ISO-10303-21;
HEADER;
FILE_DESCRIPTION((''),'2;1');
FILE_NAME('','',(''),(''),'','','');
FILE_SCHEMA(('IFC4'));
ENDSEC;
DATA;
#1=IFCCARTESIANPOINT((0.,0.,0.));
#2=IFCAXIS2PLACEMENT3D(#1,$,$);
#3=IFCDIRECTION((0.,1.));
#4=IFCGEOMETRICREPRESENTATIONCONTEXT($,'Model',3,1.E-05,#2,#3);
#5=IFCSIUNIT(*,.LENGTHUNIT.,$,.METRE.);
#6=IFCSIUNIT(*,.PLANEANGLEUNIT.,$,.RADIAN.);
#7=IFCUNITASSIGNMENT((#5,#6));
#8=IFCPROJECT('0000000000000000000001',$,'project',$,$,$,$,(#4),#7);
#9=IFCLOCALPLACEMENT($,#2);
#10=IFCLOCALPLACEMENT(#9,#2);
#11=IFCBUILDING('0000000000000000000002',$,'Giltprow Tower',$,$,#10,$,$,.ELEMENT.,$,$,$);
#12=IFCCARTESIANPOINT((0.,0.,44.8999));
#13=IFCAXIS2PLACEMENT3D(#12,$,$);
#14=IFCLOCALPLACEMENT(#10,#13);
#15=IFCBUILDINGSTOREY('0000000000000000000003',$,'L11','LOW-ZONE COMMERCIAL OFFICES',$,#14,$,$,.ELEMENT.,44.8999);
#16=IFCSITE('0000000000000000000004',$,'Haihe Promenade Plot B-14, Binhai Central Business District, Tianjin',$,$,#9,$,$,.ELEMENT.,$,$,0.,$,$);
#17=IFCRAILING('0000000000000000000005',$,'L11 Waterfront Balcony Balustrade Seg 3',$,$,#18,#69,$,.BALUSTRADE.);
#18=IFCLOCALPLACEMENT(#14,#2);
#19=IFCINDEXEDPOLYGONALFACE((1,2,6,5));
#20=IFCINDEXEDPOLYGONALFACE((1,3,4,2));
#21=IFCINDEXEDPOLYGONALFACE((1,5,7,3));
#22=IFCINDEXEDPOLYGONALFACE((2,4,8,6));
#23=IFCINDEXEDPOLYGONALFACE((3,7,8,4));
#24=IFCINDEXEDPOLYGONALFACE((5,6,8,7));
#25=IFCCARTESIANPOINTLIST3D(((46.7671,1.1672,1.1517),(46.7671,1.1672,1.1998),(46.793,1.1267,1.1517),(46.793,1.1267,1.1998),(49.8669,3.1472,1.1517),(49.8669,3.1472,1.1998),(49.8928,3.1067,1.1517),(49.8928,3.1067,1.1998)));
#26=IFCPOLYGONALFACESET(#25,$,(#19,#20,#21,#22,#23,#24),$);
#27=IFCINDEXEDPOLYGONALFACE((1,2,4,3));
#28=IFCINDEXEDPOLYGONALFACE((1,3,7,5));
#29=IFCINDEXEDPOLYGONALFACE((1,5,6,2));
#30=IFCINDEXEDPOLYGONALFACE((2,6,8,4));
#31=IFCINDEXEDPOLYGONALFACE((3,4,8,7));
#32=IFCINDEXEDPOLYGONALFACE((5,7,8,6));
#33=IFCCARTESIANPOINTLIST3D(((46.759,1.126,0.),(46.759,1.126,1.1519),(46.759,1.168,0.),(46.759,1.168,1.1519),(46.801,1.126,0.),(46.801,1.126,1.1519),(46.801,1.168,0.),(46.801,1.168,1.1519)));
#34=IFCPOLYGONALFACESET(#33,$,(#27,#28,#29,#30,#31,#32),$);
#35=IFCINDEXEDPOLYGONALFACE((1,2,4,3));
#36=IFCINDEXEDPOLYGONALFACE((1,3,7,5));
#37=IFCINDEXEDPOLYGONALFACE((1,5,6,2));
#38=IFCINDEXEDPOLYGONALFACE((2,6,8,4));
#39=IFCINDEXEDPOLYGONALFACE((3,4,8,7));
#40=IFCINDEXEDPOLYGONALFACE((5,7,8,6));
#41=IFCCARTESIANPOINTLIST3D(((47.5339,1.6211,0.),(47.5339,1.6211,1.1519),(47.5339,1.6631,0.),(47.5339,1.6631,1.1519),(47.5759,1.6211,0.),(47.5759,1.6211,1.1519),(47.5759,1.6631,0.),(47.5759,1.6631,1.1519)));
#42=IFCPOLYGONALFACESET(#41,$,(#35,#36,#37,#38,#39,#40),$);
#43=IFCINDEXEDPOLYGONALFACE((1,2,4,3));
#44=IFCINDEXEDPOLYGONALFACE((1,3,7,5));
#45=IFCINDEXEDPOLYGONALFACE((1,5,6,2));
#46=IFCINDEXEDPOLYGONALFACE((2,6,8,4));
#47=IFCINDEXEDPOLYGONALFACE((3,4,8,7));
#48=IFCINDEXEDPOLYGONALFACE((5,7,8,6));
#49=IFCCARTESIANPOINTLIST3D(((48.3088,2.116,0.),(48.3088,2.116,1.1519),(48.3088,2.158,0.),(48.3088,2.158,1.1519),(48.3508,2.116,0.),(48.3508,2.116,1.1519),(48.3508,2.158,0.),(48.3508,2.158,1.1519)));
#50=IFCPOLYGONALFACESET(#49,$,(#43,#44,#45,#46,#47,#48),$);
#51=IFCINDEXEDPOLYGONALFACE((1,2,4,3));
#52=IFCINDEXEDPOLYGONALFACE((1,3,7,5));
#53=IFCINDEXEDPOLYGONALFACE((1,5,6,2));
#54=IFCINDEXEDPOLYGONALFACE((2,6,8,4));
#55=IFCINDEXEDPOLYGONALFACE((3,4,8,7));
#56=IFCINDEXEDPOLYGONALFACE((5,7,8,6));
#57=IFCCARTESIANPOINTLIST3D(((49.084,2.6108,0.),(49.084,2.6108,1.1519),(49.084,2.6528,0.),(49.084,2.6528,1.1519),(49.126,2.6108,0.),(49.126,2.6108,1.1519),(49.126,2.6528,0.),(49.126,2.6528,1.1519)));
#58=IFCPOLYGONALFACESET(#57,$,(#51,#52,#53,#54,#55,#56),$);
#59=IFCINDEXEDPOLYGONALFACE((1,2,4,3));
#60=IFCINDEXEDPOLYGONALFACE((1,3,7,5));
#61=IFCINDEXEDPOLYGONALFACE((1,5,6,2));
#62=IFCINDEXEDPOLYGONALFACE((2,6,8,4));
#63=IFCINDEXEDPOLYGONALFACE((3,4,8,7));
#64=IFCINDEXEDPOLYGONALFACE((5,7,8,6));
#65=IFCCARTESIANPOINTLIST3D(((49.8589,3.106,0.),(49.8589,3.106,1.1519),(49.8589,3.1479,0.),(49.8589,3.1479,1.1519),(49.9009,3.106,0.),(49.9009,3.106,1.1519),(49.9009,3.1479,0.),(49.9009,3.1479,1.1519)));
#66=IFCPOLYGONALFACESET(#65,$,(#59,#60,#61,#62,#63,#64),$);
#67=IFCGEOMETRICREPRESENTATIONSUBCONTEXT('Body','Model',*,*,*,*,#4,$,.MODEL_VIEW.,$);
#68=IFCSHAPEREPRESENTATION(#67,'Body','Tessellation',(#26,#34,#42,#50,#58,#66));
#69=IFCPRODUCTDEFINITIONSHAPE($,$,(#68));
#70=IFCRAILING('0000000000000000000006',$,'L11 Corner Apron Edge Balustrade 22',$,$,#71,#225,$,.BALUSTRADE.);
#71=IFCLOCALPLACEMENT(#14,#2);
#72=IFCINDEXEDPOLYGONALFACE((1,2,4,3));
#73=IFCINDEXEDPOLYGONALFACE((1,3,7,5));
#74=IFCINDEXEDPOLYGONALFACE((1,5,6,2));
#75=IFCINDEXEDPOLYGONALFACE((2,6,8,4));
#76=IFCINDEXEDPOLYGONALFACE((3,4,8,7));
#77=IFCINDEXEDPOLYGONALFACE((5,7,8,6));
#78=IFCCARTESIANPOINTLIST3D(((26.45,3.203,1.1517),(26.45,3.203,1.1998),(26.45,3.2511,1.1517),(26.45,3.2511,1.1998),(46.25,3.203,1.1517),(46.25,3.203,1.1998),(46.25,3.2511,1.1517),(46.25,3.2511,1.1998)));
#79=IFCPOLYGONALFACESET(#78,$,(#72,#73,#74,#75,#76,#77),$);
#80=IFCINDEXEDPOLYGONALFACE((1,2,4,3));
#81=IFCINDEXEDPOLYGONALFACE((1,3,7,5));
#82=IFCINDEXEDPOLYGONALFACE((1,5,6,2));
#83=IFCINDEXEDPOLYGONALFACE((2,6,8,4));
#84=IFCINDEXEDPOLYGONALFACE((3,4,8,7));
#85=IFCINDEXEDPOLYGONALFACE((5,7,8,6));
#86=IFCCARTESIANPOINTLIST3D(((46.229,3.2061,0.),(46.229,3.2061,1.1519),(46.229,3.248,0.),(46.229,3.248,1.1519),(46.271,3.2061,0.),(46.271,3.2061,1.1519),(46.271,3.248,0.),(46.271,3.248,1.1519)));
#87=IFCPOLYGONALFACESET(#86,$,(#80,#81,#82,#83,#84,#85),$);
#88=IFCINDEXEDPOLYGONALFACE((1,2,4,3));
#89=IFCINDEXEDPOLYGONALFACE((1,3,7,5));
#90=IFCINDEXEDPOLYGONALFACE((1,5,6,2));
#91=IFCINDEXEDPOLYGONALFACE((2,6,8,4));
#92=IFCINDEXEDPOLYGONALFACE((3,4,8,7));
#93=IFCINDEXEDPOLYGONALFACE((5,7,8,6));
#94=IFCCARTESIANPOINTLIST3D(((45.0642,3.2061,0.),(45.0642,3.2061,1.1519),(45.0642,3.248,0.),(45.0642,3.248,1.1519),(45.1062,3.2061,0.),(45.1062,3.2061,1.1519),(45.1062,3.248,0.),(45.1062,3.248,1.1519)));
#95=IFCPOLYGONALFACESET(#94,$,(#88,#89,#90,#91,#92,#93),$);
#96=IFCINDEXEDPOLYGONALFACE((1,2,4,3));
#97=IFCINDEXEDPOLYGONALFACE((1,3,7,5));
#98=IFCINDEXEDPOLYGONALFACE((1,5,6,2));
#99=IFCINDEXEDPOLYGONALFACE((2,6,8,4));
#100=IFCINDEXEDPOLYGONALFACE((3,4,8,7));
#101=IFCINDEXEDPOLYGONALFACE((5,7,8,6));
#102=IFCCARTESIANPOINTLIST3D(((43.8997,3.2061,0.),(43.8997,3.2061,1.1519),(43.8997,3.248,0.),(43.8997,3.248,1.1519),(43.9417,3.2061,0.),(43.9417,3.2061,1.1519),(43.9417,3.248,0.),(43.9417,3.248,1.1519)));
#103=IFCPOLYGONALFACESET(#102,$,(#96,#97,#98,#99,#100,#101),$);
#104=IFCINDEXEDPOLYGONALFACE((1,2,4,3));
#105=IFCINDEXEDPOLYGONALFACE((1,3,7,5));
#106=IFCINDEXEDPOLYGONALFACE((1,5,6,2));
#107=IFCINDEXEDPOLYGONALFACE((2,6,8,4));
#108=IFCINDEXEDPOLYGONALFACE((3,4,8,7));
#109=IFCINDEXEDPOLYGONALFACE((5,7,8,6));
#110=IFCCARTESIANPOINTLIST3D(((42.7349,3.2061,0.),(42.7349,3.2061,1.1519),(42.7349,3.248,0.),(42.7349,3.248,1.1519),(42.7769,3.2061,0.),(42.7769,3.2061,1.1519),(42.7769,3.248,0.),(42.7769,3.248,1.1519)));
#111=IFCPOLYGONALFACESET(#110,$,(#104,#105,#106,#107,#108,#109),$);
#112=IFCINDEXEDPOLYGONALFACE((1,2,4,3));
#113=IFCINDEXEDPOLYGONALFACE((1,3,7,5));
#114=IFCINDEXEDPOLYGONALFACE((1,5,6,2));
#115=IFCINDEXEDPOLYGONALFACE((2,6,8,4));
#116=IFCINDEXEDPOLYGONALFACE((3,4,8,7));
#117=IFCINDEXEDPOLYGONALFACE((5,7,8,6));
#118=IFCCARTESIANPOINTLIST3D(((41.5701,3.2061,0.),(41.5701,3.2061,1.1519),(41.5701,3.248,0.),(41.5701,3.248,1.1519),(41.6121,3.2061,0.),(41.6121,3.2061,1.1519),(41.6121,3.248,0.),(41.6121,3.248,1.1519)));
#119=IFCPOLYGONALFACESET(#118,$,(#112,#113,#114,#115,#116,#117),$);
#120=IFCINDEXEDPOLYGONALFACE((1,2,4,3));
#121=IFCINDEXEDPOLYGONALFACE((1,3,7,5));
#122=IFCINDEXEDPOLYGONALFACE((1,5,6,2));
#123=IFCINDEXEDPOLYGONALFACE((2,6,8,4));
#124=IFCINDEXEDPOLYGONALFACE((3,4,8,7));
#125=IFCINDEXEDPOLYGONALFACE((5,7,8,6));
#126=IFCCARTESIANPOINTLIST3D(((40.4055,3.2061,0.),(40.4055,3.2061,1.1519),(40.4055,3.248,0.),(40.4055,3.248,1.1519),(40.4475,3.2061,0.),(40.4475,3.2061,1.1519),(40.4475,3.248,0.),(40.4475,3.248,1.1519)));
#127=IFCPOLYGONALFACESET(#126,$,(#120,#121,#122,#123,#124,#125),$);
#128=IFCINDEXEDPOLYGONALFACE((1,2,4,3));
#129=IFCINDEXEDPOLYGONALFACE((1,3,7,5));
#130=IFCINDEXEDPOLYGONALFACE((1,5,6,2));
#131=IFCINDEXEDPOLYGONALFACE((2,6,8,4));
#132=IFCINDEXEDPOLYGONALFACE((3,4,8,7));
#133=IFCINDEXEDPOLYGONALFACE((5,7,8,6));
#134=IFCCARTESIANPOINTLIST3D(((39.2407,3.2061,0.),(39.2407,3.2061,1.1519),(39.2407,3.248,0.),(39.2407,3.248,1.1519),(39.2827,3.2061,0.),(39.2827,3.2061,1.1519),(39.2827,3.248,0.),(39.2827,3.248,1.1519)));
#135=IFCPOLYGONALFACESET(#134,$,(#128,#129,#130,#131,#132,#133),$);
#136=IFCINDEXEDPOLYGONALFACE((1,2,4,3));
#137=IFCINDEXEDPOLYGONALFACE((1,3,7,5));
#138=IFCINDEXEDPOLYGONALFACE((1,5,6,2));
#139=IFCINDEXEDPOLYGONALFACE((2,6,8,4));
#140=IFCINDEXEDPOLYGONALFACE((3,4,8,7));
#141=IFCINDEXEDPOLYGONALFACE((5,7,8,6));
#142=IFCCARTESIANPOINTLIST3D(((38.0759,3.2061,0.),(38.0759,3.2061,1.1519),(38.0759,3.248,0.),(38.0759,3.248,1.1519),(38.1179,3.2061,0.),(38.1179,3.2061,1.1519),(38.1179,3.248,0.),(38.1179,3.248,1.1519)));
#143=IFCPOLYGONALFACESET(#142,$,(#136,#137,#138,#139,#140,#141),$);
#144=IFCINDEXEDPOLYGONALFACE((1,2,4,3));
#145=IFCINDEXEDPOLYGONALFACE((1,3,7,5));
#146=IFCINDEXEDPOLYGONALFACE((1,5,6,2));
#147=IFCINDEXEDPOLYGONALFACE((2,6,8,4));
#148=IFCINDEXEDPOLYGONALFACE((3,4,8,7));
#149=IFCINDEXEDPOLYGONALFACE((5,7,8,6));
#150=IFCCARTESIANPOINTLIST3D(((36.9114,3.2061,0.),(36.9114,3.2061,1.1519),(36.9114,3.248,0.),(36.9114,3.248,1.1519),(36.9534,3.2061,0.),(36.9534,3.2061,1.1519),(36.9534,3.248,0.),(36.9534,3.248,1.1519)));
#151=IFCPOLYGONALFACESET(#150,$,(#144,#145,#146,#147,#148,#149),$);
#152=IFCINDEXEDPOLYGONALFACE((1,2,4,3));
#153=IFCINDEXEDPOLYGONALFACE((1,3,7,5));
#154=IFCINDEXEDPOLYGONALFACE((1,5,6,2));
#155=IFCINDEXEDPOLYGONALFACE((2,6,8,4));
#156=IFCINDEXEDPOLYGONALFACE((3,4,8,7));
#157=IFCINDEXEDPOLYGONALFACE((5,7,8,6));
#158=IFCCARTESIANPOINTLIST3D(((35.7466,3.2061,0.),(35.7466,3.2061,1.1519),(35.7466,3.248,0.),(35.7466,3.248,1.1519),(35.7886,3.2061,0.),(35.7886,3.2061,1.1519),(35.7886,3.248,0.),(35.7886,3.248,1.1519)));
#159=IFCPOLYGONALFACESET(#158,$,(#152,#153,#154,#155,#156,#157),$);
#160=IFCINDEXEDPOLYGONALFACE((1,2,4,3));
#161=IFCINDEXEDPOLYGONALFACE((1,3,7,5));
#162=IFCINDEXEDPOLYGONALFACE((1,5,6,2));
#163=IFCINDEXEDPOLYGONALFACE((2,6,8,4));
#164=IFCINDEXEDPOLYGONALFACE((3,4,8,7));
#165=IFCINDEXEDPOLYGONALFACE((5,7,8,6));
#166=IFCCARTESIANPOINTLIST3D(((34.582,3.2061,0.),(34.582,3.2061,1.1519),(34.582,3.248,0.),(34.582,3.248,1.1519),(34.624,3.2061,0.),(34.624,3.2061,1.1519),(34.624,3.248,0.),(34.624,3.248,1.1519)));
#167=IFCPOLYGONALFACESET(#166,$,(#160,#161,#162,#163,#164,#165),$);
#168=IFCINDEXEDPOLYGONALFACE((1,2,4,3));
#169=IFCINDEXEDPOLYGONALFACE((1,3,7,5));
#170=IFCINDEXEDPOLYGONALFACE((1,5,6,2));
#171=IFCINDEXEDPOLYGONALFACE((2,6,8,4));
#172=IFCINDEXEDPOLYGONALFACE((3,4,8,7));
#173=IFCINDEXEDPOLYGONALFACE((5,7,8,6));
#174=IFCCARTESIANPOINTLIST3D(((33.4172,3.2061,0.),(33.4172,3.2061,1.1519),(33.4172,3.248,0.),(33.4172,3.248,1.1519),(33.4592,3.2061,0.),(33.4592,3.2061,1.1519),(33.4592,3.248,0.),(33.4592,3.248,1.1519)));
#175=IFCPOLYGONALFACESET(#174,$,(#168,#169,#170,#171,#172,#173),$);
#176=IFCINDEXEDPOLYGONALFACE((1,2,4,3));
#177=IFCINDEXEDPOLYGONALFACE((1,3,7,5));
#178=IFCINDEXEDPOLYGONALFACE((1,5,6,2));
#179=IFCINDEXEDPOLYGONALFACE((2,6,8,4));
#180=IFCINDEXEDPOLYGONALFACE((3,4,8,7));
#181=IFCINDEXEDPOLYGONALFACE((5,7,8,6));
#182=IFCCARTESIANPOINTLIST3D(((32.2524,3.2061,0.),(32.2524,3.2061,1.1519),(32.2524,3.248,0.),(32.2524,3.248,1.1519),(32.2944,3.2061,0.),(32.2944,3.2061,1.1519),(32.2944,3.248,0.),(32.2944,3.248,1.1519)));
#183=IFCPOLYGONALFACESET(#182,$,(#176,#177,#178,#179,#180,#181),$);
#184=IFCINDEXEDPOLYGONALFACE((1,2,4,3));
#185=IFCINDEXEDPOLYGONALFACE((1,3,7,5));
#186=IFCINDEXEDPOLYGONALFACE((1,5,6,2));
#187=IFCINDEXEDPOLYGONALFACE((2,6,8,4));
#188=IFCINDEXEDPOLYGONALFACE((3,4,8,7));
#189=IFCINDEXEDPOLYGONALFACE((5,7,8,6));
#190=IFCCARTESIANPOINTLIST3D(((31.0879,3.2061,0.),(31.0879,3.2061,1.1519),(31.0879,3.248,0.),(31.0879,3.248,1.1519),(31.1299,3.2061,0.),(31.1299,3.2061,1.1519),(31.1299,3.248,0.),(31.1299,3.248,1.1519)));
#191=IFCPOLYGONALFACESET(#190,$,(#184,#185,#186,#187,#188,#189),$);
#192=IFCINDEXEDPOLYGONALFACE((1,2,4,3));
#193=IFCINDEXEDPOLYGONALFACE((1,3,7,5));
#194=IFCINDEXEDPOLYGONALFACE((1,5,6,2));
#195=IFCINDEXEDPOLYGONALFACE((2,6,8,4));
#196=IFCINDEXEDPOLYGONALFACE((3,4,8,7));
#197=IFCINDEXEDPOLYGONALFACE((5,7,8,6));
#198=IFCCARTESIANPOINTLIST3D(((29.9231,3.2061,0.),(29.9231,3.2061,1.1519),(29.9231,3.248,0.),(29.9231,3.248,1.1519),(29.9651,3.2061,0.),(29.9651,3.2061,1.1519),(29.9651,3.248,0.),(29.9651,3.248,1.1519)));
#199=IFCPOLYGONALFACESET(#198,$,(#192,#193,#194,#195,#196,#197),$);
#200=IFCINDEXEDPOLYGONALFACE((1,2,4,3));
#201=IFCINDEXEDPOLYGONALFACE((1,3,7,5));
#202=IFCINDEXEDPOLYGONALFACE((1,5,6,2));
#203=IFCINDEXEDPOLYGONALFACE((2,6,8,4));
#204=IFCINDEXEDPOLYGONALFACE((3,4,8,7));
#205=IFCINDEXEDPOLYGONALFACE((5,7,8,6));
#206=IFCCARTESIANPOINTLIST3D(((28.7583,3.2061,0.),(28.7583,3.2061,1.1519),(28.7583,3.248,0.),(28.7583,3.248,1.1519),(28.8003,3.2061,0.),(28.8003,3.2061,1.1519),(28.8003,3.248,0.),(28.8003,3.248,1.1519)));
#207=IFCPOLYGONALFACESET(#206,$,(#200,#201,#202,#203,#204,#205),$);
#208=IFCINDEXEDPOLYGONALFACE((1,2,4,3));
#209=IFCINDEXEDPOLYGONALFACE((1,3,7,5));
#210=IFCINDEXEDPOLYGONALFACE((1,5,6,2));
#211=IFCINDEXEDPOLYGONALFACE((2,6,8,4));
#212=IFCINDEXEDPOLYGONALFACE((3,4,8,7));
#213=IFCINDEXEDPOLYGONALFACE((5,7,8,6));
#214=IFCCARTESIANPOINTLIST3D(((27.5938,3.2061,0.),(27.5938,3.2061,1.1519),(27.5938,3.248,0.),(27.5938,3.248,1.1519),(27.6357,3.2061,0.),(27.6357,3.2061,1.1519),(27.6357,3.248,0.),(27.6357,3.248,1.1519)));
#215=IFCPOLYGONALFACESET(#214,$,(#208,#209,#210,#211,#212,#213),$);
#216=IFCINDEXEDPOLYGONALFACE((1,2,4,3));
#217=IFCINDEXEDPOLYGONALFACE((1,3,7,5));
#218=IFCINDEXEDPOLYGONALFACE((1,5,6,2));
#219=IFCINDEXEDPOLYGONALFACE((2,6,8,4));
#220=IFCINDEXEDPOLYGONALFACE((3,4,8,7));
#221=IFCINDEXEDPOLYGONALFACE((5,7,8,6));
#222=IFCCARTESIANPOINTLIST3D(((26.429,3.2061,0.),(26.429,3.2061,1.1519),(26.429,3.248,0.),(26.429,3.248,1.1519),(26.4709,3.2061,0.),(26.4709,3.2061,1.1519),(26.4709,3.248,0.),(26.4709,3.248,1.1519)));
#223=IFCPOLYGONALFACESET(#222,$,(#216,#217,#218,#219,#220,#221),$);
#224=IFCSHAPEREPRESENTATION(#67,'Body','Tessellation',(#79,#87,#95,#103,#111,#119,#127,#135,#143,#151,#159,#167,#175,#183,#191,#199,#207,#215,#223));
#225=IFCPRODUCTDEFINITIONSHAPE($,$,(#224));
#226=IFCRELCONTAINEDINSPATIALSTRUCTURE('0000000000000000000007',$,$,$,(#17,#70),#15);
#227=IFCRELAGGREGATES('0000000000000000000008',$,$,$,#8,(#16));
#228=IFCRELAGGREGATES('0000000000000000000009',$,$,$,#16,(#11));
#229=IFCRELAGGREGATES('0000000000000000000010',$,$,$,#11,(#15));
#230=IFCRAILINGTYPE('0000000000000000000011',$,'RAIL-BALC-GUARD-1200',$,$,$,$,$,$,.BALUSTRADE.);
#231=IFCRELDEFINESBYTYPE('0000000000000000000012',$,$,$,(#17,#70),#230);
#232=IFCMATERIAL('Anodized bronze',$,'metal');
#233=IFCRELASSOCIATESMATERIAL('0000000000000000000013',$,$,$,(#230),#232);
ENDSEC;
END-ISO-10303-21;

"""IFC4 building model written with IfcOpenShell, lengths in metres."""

from ifc_helpers import new_model, si_unit, direction, frame, origin, origin_2d, place, context, subcontext, project, spatial, rectangle, extrude, material, type_object, element, save


model = new_model("IFC4")

# Units and contexts
model_context = context("Model", 3, precision=1e-05, world=origin(), true_north=direction((0.0, 1.0)))
body_context = subcontext(model_context, "Body", "Model", "MODEL_VIEW")
ifc_project = project(units=[si_unit("LENGTHUNIT", "METRE"), si_unit("PLANEANGLEUNIT", "RADIAN")], contexts=[model_context])

# Site, building, storey
site_placement = place(None, origin())
site = spatial("IfcSite", under=ifc_project, at=site_placement, Name="Haihe Promenade Plot B-14, Binhai Central Business District, Tianjin", CompositionType="ELEMENT", RefElevation=0.0)
building_placement = place(site_placement, origin())
building = spatial("IfcBuilding", under=site, at=building_placement, Name="Giltprow Tower", CompositionType="ELEMENT")
storey_placement = place(building_placement, frame((0.0, 0.0, 44.8999)))
storey = spatial("IfcBuildingStorey", under=building, at=storey_placement, Name="L11", Description="LOW-ZONE COMMERCIAL OFFICES", CompositionType="ELEMENT", Elevation=44.8999)

# Shared definitions
ifc_material_1 = material(Name="Anodized bronze", Category="metal")

# Railings
railing_type = type_object("IfcRailingType", Name="RAIL-BALC-GUARD-1200", PredefinedType="BALUSTRADE", material=ifc_material_1)
railing_1_placement = place(storey_placement, frame((46.78, 1.147, 0.0)))
element("IfcRailing", 1, at=railing_1_placement, inside=storey, type_object=railing_type, Name="L11 Waterfront Balcony Balustrade Seg 3", PredefinedType="BALUSTRADE", context=body_context, shape_type="SweptSolid", body=[
    extrude(rectangle(XDim=0.0481, YDim=0.0481, at=origin_2d()), frame((0.0, 0.0, 1.1758), z_axis=(0.842756, 0.538296, 0.0), x_axis=(-0.538296, 0.842756, 0.0)), (0.0, 0.0, 1.0), 3.6782),
    extrude(rectangle(XDim=0.042, YDim=0.042, at=origin_2d()), origin(), (0.0, 0.0, 1.0), 1.1519),
    extrude(rectangle(XDim=0.042, YDim=0.042, at=origin_2d()), frame((0.7749, 0.4951, 0.0)), (0.0, 0.0, 1.0), 1.1519),
    extrude(rectangle(XDim=0.042, YDim=0.042, at=origin_2d()), frame((1.5498, 0.99, 0.0)), (0.0, 0.0, 1.0), 1.1519),
    extrude(rectangle(XDim=0.042, YDim=0.042, at=origin_2d()), frame((2.325, 1.4849, 0.0)), (0.0, 0.0, 1.0), 1.1519),
    extrude(rectangle(XDim=0.042, YDim=0.042, at=origin_2d()), frame((3.0999, 1.98, 0.0)), (0.0, 0.0, 1.0), 1.1519),
])
railing_2_placement = place(storey_placement, frame((46.25, 3.2271, 0.0)))
element("IfcRailing", 2, at=railing_2_placement, inside=storey, type_object=railing_type, Name="L11 Corner Apron Edge Balustrade 22", PredefinedType="BALUSTRADE", context=body_context, shape_type="SweptSolid", body=[
    extrude(rectangle(XDim=0.0481, YDim=0.0481, at=origin_2d()), frame((0.0, 0.0, 1.1758), z_axis=(-1.0, 0.0, 0.0), x_axis=(0.0, -1.0, 0.0)), (0.0, 0.0, 1.0), 19.8),
    extrude(rectangle(XDim=0.042, YDim=0.042, at=origin_2d()), origin(), (0.0, 0.0, 1.0), 1.1519),
    extrude(rectangle(XDim=0.042, YDim=0.042, at=origin_2d()), frame((-1.1648, 0.0, 0.0)), (0.0, 0.0, 1.0), 1.1519),
    extrude(rectangle(XDim=0.042, YDim=0.042, at=origin_2d()), frame((-2.3293, 0.0, 0.0)), (0.0, 0.0, 1.0), 1.1519),
    extrude(rectangle(XDim=0.042, YDim=0.042, at=origin_2d()), frame((-3.4941, 0.0, 0.0)), (0.0, 0.0, 1.0), 1.1519),
    extrude(rectangle(XDim=0.042, YDim=0.042, at=origin_2d()), frame((-4.6589, 0.0, 0.0)), (0.0, 0.0, 1.0), 1.1519),
    extrude(rectangle(XDim=0.042, YDim=0.042, at=origin_2d()), frame((-5.8235, 0.0, 0.0)), (0.0, 0.0, 1.0), 1.1519),
    extrude(rectangle(XDim=0.042, YDim=0.042, at=origin_2d()), frame((-6.9883, 0.0, 0.0)), (0.0, 0.0, 1.0), 1.1519),
    extrude(rectangle(XDim=0.042, YDim=0.042, at=origin_2d()), frame((-8.1531, 0.0, 0.0)), (0.0, 0.0, 1.0), 1.1519),
    extrude(rectangle(XDim=0.042, YDim=0.042, at=origin_2d()), frame((-9.3176, 0.0, 0.0)), (0.0, 0.0, 1.0), 1.1519),
    extrude(rectangle(XDim=0.042, YDim=0.042, at=origin_2d()), frame((-10.4824, 0.0, 0.0)), (0.0, 0.0, 1.0), 1.1519),
    extrude(rectangle(XDim=0.042, YDim=0.042, at=origin_2d()), frame((-11.647, 0.0, 0.0)), (0.0, 0.0, 1.0), 1.1519),
    extrude(rectangle(XDim=0.042, YDim=0.042, at=origin_2d()), frame((-12.8118, 0.0, 0.0)), (0.0, 0.0, 1.0), 1.1519),
    extrude(rectangle(XDim=0.042, YDim=0.042, at=origin_2d()), frame((-13.9766, 0.0, 0.0)), (0.0, 0.0, 1.0), 1.1519),
    extrude(rectangle(XDim=0.042, YDim=0.042, at=origin_2d()), frame((-15.1411, 0.0, 0.0)), (0.0, 0.0, 1.0), 1.1519),
    extrude(rectangle(XDim=0.042, YDim=0.042, at=origin_2d()), frame((-16.3059, 0.0, 0.0)), (0.0, 0.0, 1.0), 1.1519),
    extrude(rectangle(XDim=0.042, YDim=0.042, at=origin_2d()), frame((-17.4707, 0.0, 0.0)), (0.0, 0.0, 1.0), 1.1519),
    extrude(rectangle(XDim=0.042, YDim=0.042, at=origin_2d()), frame((-18.6353, 0.0, 0.0)), (0.0, 0.0, 1.0), 1.1519),
    extrude(rectangle(XDim=0.042, YDim=0.042, at=origin_2d()), frame((-19.8, 0.0, 0.0)), (0.0, 0.0, 1.0), 1.1519),
])

save(model, "model.ifc")
